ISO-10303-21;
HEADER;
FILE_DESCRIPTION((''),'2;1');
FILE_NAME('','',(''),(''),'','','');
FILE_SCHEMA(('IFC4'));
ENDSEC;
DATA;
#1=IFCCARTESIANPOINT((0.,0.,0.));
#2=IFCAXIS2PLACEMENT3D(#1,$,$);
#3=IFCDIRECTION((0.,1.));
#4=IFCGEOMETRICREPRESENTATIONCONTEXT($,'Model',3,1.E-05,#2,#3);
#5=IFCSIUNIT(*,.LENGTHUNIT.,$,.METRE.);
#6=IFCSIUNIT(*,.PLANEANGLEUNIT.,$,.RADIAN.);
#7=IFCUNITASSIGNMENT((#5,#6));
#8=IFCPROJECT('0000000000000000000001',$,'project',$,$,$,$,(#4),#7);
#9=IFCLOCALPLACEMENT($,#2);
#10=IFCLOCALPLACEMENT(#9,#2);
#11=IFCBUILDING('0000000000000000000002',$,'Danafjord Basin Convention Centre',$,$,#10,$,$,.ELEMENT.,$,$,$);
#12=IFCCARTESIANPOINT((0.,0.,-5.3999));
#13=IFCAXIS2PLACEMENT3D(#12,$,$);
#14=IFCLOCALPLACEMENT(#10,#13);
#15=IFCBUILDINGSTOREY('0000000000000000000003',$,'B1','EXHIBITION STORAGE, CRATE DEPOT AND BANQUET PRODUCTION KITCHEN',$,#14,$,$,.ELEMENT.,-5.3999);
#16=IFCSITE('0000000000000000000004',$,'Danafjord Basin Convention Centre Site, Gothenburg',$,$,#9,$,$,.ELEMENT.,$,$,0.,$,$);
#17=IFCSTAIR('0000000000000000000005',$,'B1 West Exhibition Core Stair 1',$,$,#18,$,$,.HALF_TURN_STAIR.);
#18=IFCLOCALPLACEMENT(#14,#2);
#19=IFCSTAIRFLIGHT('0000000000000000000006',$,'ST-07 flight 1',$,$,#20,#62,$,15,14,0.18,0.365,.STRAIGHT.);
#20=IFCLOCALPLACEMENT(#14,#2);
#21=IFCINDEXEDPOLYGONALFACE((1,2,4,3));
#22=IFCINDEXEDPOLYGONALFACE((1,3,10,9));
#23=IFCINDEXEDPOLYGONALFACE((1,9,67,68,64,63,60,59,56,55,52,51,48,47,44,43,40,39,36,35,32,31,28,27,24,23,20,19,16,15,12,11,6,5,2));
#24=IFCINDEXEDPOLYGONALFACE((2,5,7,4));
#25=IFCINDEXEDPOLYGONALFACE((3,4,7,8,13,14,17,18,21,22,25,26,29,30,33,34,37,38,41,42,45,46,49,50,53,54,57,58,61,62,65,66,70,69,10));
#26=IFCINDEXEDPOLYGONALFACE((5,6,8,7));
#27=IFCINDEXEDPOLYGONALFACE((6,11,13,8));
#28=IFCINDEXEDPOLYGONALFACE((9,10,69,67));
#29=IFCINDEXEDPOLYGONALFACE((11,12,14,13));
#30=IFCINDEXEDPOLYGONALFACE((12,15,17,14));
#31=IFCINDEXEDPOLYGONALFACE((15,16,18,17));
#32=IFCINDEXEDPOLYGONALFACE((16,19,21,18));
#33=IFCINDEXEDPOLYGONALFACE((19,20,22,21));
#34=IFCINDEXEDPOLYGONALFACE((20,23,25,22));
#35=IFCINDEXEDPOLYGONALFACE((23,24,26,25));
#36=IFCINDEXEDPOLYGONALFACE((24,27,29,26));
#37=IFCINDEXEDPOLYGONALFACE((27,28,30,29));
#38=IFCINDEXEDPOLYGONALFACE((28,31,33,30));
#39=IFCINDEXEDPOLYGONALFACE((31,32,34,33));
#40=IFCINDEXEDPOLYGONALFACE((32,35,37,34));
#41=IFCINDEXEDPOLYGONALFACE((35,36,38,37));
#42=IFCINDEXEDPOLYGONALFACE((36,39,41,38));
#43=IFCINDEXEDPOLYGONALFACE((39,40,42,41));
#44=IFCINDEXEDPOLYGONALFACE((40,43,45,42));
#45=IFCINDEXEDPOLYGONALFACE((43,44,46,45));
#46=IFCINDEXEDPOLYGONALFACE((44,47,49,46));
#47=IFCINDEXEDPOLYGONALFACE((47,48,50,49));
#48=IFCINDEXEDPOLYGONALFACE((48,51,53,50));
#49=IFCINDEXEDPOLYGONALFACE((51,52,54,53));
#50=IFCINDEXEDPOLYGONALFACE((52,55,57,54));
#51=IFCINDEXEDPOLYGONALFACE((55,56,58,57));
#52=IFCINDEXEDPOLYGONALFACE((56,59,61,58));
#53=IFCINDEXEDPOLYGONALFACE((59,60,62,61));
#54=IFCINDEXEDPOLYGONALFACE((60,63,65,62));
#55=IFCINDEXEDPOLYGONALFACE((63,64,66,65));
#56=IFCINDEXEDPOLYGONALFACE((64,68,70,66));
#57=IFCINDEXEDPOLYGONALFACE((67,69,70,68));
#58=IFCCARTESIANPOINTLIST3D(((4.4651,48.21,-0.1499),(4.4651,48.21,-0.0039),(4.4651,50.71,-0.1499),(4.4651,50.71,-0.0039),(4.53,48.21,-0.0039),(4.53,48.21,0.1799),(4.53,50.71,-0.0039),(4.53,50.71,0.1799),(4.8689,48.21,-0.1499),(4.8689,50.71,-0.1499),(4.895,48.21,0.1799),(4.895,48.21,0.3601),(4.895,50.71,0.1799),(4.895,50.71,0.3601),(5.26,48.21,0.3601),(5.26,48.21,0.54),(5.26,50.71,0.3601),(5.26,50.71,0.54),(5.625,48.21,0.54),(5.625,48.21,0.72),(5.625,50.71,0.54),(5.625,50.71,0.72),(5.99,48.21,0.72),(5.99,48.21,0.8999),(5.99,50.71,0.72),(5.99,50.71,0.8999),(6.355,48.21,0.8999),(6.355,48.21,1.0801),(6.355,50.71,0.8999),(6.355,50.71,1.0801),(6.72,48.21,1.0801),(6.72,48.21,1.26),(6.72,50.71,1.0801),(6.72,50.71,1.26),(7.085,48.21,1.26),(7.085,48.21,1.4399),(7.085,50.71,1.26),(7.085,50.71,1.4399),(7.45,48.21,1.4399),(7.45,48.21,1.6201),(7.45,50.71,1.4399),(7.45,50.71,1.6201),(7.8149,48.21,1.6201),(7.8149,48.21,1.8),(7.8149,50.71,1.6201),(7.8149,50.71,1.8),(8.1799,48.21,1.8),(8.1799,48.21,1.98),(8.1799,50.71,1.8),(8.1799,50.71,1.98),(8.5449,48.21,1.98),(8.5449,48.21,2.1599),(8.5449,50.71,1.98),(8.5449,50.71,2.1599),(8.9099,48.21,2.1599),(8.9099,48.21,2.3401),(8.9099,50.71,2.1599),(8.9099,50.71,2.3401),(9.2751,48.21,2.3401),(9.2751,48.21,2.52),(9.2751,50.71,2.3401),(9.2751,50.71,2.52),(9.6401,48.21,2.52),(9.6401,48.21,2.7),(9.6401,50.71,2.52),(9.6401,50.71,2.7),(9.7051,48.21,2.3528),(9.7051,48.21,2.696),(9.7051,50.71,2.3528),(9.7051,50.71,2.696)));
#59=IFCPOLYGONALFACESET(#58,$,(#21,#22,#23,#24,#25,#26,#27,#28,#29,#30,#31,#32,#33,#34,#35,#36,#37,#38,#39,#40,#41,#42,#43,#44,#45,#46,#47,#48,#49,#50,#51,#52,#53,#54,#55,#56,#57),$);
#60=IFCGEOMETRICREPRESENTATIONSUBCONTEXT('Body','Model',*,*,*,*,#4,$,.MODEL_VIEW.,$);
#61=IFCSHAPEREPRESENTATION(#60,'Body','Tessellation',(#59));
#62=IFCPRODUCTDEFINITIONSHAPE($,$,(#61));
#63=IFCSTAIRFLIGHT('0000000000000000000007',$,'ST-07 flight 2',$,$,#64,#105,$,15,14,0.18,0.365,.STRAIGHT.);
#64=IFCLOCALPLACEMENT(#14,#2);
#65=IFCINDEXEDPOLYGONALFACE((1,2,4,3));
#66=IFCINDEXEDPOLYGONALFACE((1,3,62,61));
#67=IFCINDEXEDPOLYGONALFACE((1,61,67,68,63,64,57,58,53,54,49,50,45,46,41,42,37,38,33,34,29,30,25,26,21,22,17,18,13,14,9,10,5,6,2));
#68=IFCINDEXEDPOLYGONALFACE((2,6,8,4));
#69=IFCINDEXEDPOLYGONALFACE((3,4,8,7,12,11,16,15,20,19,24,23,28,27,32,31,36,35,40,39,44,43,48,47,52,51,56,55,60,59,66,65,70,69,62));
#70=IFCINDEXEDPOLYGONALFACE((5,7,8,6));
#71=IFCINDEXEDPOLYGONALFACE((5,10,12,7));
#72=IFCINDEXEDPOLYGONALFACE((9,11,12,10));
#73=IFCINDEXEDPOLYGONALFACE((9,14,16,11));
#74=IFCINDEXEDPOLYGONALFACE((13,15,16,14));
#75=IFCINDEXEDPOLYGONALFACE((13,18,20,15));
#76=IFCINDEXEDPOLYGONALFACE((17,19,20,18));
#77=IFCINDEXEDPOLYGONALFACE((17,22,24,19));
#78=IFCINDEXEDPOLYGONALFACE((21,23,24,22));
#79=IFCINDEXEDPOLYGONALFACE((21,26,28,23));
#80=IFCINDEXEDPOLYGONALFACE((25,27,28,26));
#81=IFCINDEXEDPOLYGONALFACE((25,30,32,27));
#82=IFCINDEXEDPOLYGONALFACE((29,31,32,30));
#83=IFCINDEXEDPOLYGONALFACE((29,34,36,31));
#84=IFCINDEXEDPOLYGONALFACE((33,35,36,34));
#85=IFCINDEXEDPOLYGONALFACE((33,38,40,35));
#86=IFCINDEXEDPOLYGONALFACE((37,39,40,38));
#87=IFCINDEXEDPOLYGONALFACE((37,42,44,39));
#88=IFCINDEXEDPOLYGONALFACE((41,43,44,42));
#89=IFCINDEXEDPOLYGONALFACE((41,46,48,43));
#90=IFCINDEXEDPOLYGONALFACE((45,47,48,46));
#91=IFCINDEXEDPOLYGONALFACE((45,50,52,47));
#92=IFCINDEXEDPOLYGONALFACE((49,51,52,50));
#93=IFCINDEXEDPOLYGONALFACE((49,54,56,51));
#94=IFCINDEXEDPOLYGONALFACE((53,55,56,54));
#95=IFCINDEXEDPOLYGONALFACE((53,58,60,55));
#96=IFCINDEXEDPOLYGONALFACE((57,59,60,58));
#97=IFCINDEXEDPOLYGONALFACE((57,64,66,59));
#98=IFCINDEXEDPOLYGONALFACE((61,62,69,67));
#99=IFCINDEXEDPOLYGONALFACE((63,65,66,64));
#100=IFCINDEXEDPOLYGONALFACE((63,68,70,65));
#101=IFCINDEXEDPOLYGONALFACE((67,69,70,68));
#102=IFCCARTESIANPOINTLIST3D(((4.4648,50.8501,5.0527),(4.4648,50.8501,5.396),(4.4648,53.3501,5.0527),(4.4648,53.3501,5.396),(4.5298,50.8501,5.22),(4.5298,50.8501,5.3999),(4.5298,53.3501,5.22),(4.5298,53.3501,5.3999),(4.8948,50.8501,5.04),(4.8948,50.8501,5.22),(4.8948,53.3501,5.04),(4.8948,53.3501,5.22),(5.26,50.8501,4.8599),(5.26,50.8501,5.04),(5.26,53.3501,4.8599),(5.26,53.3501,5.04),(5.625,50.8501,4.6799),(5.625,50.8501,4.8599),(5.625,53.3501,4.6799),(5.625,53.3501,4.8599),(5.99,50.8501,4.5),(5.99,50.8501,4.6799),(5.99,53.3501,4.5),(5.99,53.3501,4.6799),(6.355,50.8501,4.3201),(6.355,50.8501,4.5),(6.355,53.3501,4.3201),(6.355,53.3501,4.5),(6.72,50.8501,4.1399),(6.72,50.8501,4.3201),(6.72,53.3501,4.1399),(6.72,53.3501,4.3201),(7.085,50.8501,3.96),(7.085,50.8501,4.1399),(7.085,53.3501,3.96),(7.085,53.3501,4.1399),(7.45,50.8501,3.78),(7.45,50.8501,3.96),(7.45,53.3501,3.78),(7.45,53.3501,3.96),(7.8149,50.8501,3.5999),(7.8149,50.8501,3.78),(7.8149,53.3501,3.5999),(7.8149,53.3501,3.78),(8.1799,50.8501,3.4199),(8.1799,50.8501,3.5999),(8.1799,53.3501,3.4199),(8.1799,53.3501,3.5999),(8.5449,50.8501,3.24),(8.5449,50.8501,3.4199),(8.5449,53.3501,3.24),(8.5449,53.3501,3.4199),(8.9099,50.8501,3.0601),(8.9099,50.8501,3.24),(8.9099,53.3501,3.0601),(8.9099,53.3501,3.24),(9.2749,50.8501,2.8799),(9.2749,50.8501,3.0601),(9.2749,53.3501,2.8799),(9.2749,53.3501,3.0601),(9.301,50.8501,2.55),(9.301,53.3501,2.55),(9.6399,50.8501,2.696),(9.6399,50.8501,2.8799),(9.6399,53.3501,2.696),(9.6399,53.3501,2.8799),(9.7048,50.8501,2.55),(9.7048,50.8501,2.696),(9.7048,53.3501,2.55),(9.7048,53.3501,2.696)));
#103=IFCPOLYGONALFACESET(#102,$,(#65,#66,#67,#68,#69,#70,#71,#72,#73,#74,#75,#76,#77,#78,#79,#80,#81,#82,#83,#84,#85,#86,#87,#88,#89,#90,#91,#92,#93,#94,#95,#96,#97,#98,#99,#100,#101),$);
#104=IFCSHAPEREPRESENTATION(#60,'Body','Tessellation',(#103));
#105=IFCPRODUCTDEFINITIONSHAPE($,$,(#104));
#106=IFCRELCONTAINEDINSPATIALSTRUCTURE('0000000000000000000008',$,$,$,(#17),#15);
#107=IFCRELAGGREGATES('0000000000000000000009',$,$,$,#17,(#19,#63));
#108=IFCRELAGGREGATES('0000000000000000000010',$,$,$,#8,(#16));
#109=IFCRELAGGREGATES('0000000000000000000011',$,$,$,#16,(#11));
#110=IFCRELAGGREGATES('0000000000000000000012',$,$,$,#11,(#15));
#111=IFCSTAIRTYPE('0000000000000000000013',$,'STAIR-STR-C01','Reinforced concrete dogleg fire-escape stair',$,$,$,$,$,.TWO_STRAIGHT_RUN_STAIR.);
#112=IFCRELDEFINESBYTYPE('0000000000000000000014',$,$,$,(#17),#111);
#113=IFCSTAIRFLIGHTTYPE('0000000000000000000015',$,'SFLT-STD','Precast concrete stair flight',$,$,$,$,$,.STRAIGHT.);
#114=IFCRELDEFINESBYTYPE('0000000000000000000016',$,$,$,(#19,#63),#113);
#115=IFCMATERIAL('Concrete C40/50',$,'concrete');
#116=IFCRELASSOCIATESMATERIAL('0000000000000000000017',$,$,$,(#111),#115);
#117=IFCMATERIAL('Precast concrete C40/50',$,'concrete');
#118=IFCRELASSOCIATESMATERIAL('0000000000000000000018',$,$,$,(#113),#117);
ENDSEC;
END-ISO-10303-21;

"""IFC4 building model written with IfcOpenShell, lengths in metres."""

from ifc_helpers import new_model, si_unit, direction, frame, origin, place, context, subcontext, project, spatial, polyline, outline, extrude, material, type_object, element, aggregate, save


model = new_model("IFC4")

# Units and contexts
model_context = context("Model", 3, precision=1e-05, world=origin(), true_north=direction((0.0, 1.0)))
body_context = subcontext(model_context, "Body", "Model", "MODEL_VIEW")
ifc_project = project(units=[si_unit("LENGTHUNIT", "METRE"), si_unit("PLANEANGLEUNIT", "RADIAN")], contexts=[model_context])

# Site, building, storey
site_placement = place(None, origin())
site = spatial("IfcSite", under=ifc_project, at=site_placement, Name="Danafjord Basin Convention Centre Site, Gothenburg", CompositionType="ELEMENT", RefElevation=0.0)
building_placement = place(site_placement, origin())
building = spatial("IfcBuilding", under=site, at=building_placement, Name="Danafjord Basin Convention Centre", CompositionType="ELEMENT")
storey_placement = place(building_placement, frame((0.0, 0.0, -5.3999)))
storey = spatial("IfcBuildingStorey", under=building, at=storey_placement, Name="B1", Description="EXHIBITION STORAGE, CRATE DEPOT AND BANQUET PRODUCTION KITCHEN", CompositionType="ELEMENT", Elevation=-5.3999)

# Shared definitions
ifc_material_1 = material(Name="Concrete C40/50", Category="concrete")

# Stair, stair flights
stair_type = type_object("IfcStairType", Name="STAIR-STR-C01", Description="Reinforced concrete dogleg fire-escape stair", PredefinedType="TWO_STRAIGHT_RUN_STAIR", material=ifc_material_1)
stair_placement = place(storey_placement, origin())
stair = element("IfcStair", 1, at=stair_placement, inside=storey, type_object=stair_type, Name="B1 West Exhibition Core Stair 1", PredefinedType="HALF_TURN_STAIR")
ifc_material_2 = material(Name="Precast concrete C40/50", Category="concrete")
stair_flight_type = type_object("IfcStairFlightType", Name="SFLT-STD", Description="Precast concrete stair flight", PredefinedType="STRAIGHT", material=ifc_material_2)
stair_flight_1_placement = place(storey_placement, frame((4.53, 49.46, 0.0), z_axis=(0.0, 0.0, 1.0), x_axis=(1.0, 0.0, 0.0)))
stair_flight_1 = element("IfcStairFlight", 2, at=stair_flight_1_placement, type_object=stair_flight_type, Name="ST-07 flight 1", NumberOfRisers=15, NumberOfTreads=14, PredefinedType="STRAIGHT", RiserHeight=0.18, TreadLength=0.365, context=body_context, shape_type="SweptSolid", body=[
    extrude(outline(polyline([(-0.0649, -0.1499), (-0.0649, -0.0039), (0.0, -0.0039), (0.0, 0.1799), (0.365, 0.1799), (0.365, 0.3601), (0.73, 0.3601), (0.73, 0.54), (1.095, 0.54), (1.095, 0.72), (1.46, 0.72), (1.46, 0.8999), (1.825, 0.8999), (1.825, 1.0801), (2.1899, 1.0801), (2.1899, 1.26), (2.5549, 1.26), (2.5549, 1.4399), (2.9199, 1.4399), (2.9199, 1.6201), (3.2849, 1.6201), (3.2849, 1.8), (3.6499, 1.8), (3.6499, 1.98), (4.0149, 1.98), (4.0149, 2.1599), (4.3799, 2.1599), (4.3799, 2.3401), (4.7451, 2.3401), (4.7451, 2.52), (5.1101, 2.52), (5.1101, 2.7), (5.175, 2.696), (5.175, 2.3528), (0.3389, -0.1499), (-0.0649, -0.1499)])), frame((0.0, 1.25, 0.0), z_axis=(0.0, -1.0, 0.0), x_axis=(1.0, 0.0, 0.0)), (0.0, 0.0, 1.0), 2.5),
])
stair_flight_2_placement = place(storey_placement, frame((9.6399, 52.1001, 2.7), z_axis=(0.0, 0.0, 1.0), x_axis=(-1.0, 0.0, 0.0)))
stair_flight_2 = element("IfcStairFlight", 3, at=stair_flight_2_placement, type_object=stair_flight_type, Name="ST-07 flight 2", NumberOfRisers=15, NumberOfTreads=14, PredefinedType="STRAIGHT", RiserHeight=0.18, TreadLength=0.365, context=body_context, shape_type="SweptSolid", body=[
    extrude(outline(polyline([(-0.0649, -0.1499), (-0.0649, -0.0039), (0.0, -0.0039), (0.0, 0.1799), (0.365, 0.1799), (0.365, 0.3601), (0.73, 0.3601), (0.73, 0.54), (1.095, 0.54), (1.095, 0.72), (1.46, 0.72), (1.46, 0.8999), (1.825, 0.8999), (1.825, 1.0801), (2.1899, 1.0801), (2.1899, 1.26), (2.5549, 1.26), (2.5549, 1.4399), (2.9199, 1.4399), (2.9199, 1.6201), (3.2849, 1.6201), (3.2849, 1.8), (3.6499, 1.8), (3.6499, 1.98), (4.0149, 1.98), (4.0149, 2.1599), (4.3799, 2.1599), (4.3799, 2.3401), (4.7451, 2.3401), (4.7451, 2.52), (5.1101, 2.52), (5.1101, 2.7), (5.175, 2.696), (5.175, 2.3528), (0.3389, -0.1499), (-0.0649, -0.1499)])), frame((0.0, 1.25, 0.0), z_axis=(0.0, -1.0, 0.0), x_axis=(1.0, 0.0, 0.0)), (0.0, 0.0, 1.0), 2.5),
])
aggregate(stair, [stair_flight_1, stair_flight_2])

save(model, "model.ifc")
